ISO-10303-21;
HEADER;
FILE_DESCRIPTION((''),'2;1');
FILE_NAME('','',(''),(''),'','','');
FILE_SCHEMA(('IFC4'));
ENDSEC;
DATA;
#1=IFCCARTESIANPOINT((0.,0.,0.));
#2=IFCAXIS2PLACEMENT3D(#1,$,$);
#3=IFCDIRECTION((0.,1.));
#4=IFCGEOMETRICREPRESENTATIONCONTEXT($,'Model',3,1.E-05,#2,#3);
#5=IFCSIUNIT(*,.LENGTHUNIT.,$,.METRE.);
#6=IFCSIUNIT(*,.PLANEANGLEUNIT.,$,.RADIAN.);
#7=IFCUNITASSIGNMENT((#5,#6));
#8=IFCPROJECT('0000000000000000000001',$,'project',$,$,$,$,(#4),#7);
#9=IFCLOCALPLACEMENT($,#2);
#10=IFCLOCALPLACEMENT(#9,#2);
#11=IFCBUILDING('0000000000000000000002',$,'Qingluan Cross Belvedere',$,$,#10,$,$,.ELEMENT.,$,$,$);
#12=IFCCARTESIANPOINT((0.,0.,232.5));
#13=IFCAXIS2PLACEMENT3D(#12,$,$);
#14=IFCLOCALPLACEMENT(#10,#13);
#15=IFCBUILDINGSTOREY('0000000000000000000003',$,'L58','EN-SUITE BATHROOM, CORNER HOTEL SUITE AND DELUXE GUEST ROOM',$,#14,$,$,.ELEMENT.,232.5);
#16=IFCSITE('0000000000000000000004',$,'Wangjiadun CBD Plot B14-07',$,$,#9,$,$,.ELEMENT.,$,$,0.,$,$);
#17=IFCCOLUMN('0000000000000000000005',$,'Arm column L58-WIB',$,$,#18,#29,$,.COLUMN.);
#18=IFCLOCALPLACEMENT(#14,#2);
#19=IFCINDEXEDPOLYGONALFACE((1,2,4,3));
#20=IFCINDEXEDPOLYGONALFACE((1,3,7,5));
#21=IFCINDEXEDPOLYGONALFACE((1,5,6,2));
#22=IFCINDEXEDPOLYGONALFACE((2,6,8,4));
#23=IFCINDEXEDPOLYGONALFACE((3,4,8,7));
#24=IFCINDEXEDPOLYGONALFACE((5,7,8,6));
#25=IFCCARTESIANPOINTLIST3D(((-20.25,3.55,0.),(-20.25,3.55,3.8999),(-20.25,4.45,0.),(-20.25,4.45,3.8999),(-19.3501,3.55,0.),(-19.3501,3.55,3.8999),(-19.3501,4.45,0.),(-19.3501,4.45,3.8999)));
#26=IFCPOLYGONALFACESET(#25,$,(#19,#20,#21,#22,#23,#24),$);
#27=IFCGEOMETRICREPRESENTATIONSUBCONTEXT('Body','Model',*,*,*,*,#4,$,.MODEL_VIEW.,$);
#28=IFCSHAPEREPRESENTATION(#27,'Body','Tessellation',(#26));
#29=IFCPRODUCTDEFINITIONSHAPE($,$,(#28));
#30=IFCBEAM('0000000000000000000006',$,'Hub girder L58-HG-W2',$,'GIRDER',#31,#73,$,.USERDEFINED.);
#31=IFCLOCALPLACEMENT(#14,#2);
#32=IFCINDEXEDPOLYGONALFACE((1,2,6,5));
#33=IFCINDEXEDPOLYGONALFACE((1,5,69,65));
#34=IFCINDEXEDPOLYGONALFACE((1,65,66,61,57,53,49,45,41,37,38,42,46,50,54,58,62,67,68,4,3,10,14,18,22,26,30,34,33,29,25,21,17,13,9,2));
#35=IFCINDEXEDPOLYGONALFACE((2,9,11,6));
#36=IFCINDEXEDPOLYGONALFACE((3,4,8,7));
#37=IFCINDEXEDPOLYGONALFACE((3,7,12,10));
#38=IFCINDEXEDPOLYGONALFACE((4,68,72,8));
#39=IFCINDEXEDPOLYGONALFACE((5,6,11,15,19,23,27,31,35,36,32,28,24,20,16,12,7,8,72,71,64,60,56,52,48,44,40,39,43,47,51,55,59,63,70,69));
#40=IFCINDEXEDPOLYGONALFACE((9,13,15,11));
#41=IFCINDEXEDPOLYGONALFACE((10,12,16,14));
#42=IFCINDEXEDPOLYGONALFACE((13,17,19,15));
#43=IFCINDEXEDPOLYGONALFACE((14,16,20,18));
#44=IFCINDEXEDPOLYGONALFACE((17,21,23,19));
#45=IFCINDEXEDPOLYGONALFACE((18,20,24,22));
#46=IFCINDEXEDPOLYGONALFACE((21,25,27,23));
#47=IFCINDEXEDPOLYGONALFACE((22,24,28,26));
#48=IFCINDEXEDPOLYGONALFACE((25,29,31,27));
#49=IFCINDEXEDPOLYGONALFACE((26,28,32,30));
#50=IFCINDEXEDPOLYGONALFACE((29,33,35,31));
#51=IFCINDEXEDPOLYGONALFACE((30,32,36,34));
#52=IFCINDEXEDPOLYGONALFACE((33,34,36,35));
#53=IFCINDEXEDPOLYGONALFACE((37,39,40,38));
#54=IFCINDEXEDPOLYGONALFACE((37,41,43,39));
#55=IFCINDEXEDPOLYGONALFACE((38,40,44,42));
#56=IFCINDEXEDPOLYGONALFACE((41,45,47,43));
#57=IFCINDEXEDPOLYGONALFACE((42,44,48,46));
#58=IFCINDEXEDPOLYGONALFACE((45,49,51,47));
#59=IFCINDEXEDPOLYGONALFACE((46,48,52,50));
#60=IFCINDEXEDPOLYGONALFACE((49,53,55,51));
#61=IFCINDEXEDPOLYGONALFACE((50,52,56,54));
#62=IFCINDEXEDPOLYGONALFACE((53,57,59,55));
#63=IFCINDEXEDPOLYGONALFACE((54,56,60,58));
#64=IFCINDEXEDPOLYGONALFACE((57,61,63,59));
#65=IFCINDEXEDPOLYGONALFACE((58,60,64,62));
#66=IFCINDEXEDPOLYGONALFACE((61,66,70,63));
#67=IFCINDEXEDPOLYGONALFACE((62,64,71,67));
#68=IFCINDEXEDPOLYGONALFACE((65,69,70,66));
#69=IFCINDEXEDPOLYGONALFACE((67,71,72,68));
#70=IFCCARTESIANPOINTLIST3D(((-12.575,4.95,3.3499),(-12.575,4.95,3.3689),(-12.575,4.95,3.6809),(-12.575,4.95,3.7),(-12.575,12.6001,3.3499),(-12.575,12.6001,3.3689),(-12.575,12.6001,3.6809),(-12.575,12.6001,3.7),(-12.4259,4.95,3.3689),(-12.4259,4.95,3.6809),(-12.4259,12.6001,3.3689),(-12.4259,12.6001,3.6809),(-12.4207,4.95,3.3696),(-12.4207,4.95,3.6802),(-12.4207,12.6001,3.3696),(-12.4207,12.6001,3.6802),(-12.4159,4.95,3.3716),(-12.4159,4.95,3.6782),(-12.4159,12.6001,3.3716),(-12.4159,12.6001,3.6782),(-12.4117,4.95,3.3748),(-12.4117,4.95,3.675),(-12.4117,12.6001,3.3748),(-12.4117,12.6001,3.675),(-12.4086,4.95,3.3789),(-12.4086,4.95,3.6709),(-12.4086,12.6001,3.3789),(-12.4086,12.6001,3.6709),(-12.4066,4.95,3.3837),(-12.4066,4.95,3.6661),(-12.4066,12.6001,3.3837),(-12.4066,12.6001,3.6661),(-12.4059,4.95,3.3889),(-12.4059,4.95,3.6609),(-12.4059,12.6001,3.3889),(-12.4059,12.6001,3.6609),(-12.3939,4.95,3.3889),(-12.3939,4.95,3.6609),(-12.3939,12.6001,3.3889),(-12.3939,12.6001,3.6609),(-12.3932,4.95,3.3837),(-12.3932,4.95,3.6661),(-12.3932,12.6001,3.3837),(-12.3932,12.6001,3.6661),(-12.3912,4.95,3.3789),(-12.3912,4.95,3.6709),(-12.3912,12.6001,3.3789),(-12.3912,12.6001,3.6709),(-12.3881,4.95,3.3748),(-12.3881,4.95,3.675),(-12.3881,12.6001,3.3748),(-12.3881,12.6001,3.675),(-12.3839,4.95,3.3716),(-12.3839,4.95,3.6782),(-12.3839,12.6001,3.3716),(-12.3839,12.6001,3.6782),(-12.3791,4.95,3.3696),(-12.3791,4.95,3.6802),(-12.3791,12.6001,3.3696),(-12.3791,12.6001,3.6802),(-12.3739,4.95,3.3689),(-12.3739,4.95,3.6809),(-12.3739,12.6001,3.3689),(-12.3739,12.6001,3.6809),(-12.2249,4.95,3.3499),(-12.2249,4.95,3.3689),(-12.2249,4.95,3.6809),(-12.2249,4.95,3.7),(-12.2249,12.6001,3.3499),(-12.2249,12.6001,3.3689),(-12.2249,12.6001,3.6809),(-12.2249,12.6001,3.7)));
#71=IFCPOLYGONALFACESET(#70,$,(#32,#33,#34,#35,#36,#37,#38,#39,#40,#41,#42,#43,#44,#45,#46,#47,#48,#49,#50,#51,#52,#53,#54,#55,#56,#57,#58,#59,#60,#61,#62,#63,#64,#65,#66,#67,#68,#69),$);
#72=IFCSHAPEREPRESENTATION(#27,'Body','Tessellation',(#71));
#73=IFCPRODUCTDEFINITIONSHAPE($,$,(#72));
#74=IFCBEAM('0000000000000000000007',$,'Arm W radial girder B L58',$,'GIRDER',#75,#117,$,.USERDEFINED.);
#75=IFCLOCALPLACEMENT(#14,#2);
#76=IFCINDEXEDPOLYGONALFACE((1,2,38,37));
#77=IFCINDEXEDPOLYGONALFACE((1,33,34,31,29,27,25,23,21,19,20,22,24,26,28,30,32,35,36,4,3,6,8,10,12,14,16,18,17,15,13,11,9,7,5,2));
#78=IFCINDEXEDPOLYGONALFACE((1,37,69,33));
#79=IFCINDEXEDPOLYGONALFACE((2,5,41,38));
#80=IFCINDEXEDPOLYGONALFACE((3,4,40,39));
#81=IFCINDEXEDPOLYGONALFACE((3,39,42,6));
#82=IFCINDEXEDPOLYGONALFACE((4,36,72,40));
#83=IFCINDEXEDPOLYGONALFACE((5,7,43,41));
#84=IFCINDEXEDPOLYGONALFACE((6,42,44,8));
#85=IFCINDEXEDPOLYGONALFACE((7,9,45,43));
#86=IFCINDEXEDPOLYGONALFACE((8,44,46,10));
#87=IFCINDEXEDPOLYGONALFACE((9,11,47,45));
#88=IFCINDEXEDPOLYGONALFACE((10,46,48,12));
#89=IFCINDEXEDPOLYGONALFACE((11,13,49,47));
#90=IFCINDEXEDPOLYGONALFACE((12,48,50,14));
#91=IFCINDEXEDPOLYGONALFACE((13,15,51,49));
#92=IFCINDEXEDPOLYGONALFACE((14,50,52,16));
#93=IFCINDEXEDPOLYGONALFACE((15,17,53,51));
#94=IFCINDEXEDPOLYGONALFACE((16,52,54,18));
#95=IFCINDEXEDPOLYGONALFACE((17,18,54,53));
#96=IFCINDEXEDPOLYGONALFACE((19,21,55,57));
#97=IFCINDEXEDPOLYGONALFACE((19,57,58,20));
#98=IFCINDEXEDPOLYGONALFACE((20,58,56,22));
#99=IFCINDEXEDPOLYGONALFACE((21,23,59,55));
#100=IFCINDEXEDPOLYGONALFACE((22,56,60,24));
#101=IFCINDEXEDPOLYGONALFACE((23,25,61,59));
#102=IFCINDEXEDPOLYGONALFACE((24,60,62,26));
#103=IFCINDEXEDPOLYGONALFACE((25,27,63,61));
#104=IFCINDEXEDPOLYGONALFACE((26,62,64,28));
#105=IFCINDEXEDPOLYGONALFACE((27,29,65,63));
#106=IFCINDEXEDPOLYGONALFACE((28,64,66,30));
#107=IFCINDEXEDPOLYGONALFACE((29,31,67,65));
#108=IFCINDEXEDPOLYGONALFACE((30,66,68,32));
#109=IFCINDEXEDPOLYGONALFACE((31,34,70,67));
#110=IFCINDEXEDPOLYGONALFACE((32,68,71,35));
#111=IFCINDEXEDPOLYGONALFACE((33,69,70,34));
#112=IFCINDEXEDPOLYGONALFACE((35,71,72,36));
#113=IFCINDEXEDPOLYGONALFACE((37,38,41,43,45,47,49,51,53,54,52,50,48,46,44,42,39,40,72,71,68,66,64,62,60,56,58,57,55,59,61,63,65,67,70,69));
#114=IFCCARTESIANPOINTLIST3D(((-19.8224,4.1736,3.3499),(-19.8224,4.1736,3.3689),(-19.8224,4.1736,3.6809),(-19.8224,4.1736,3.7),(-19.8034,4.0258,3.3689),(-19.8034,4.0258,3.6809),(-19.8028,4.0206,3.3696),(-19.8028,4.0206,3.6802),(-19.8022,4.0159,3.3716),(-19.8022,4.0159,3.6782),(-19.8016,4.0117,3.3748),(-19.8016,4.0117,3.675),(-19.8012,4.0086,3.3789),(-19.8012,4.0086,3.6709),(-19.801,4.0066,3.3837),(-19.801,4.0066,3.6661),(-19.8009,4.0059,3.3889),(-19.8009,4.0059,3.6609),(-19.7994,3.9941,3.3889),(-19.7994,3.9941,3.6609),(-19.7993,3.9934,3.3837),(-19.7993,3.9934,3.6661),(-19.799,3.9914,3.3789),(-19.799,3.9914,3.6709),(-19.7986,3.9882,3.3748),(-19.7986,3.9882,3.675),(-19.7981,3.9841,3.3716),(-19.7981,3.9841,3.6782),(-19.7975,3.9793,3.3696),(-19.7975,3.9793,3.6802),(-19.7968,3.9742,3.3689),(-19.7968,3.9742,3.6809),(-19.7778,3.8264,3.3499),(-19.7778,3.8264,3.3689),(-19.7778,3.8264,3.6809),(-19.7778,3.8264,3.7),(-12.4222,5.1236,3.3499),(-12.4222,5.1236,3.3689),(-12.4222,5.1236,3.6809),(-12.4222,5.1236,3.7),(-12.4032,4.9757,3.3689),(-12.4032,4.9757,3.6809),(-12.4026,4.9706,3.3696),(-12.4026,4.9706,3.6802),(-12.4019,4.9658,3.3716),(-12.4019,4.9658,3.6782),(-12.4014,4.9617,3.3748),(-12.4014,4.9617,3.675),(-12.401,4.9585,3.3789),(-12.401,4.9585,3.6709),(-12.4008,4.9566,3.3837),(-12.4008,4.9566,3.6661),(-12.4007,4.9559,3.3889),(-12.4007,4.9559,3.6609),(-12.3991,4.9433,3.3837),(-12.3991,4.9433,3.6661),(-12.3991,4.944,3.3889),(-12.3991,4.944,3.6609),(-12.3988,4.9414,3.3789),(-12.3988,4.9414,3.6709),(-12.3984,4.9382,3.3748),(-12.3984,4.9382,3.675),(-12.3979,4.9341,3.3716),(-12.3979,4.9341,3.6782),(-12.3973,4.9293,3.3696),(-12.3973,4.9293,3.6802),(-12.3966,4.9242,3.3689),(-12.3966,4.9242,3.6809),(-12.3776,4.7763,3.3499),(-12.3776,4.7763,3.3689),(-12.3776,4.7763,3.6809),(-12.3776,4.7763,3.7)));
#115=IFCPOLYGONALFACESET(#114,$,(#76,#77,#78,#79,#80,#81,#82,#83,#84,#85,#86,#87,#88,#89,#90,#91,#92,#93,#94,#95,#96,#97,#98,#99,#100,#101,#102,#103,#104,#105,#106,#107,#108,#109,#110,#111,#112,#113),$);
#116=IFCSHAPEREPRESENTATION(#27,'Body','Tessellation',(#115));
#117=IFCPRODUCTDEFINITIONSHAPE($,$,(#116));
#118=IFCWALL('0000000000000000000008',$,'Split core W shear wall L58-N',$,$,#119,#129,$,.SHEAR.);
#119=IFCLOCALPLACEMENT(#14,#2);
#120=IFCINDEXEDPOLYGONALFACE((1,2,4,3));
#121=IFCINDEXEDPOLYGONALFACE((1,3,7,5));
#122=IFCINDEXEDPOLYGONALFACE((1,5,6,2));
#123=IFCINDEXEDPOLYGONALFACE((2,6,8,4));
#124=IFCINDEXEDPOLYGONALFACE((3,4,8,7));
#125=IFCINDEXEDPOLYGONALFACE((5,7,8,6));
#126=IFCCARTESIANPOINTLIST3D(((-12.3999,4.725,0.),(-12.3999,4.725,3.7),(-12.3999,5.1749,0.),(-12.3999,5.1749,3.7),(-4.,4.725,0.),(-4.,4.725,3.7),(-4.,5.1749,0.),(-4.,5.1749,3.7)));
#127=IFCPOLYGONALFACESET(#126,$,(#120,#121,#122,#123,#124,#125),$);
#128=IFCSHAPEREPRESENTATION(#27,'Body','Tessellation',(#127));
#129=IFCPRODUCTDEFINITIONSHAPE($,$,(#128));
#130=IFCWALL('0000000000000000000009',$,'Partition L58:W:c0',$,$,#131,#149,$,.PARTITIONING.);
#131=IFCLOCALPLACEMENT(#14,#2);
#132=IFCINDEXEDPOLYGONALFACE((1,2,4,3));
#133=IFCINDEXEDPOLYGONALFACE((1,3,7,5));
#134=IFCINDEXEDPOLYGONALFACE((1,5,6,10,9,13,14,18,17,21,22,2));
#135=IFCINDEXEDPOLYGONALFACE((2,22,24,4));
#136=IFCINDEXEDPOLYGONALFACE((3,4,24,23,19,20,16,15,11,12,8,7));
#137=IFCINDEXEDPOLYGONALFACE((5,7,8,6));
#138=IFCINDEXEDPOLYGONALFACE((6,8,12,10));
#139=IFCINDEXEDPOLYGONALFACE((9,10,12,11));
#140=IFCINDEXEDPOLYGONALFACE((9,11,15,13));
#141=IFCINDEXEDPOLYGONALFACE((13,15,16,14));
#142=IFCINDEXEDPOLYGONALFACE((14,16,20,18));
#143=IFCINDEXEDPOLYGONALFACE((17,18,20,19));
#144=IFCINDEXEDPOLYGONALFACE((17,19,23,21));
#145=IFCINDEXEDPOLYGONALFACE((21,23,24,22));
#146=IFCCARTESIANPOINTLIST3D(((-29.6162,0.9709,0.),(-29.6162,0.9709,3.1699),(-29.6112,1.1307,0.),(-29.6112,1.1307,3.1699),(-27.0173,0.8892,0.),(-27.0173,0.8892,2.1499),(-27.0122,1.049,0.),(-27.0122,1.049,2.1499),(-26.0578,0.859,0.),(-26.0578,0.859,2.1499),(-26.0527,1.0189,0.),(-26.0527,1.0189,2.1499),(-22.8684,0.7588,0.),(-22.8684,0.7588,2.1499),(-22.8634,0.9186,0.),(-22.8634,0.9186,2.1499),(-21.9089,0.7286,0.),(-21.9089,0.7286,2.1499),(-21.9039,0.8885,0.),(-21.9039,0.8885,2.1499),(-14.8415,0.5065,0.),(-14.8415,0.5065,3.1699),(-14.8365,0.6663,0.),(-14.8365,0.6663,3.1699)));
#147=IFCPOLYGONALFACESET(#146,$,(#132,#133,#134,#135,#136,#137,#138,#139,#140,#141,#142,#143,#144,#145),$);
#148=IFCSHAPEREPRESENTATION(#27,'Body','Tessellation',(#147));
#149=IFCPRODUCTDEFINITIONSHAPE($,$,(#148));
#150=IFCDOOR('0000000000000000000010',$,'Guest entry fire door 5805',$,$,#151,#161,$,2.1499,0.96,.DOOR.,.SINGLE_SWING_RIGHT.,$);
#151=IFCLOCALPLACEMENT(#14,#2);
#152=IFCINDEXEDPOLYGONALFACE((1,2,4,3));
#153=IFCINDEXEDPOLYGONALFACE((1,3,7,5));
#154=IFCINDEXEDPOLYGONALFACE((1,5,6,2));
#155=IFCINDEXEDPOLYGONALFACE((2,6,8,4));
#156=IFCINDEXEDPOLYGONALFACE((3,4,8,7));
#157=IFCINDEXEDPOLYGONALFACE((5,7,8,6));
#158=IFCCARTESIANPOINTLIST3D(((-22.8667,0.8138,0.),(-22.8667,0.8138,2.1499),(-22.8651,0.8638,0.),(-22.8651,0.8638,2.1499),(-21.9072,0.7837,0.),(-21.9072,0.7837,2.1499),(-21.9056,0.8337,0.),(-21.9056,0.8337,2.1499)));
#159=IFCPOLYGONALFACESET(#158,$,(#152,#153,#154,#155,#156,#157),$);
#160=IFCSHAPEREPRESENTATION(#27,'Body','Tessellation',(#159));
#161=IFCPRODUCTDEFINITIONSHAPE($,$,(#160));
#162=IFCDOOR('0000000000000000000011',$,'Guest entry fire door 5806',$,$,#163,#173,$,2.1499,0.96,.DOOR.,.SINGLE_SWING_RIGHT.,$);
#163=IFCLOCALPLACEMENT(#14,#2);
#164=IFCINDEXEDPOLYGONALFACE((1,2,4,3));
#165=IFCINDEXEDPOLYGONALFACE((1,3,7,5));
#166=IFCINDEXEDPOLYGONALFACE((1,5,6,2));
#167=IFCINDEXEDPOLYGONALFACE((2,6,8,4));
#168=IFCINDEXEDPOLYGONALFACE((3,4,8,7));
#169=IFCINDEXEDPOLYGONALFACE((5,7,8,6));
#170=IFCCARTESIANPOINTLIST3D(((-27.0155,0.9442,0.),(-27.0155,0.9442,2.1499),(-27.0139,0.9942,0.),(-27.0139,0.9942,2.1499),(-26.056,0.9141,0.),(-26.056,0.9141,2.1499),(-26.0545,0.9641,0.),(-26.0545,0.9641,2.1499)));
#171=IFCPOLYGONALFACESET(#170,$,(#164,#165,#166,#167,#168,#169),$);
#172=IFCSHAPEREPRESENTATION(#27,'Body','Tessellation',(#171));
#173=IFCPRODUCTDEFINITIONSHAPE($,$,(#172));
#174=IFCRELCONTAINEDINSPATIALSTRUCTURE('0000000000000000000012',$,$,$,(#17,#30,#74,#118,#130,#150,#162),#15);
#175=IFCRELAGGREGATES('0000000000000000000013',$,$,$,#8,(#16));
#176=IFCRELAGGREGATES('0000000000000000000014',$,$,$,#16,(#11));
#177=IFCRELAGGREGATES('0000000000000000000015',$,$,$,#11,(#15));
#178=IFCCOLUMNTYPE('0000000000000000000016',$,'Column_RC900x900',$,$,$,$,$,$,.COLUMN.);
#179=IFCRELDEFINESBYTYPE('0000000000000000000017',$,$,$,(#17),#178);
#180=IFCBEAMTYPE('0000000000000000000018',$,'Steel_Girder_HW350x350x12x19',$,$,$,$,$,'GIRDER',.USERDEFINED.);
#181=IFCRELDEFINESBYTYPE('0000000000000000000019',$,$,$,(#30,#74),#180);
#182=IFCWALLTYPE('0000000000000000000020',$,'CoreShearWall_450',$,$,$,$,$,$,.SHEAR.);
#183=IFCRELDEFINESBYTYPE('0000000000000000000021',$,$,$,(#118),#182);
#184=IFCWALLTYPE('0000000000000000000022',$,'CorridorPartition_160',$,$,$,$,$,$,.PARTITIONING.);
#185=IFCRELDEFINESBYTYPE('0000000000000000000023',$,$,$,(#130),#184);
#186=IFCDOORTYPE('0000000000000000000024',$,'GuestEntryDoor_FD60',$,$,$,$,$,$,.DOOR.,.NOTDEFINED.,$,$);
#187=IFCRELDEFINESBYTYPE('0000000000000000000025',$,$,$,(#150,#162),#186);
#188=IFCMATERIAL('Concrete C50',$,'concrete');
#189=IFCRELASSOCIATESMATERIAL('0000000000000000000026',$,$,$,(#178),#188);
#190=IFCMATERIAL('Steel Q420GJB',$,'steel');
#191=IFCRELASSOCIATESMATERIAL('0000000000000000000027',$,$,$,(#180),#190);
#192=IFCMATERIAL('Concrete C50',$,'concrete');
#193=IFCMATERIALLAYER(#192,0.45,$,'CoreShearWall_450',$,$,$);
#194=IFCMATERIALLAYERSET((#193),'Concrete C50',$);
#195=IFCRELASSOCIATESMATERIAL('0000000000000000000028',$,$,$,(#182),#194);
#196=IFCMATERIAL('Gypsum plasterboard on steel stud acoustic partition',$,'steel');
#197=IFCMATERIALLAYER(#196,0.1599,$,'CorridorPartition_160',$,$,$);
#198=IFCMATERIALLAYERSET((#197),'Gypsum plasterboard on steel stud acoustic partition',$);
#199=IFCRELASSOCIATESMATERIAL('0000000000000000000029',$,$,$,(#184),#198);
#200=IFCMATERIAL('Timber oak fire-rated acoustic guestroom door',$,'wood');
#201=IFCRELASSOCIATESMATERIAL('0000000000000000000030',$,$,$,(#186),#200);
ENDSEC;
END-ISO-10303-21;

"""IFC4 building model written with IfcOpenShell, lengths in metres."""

from ifc_helpers import new_model, si_unit, direction, frame, frame_2d, origin, origin_2d, place, context, subcontext, project, spatial, rectangle, i_section, extrude, material, layer, layer_set, material_profile, profile_set, type_object, element, fill, save


model = new_model("IFC4")

# Units and contexts
model_context = context("Model", 3, precision=1e-05, world=origin(), true_north=direction((0.0, 1.0)))
body_context = subcontext(model_context, "Body", "Model", "MODEL_VIEW")
ifc_project = project(units=[si_unit("LENGTHUNIT", "METRE"), si_unit("PLANEANGLEUNIT", "RADIAN")], contexts=[model_context])

# Site, building, storey
site_placement = place(None, origin())
site = spatial("IfcSite", under=ifc_project, at=site_placement, Name="Wangjiadun CBD Plot B14-07", CompositionType="ELEMENT", RefElevation=0.0)
building_placement = place(site_placement, origin())
building = spatial("IfcBuilding", under=site, at=building_placement, Name="Qingluan Cross Belvedere", CompositionType="ELEMENT")
storey_placement = place(building_placement, frame((0.0, 0.0, 232.5)))
storey = spatial("IfcBuildingStorey", under=building, at=storey_placement, Name="L58", Description="EN-SUITE BATHROOM, CORNER HOTEL SUITE AND DELUXE GUEST ROOM", CompositionType="ELEMENT", Elevation=232.5)

# Column
ifc_material_1 = material(Name="Concrete C50", Category="concrete")
ifc_material_profile_1 = material_profile(ifc_material_1, rectangle(XDim=0.8999, YDim=0.8999, at=origin_2d()), Name="RC900x900")
ifc_profile_set_1 = profile_set([ifc_material_profile_1], Name="Concrete C50")
column_type = type_object("IfcColumnType", Name="Column_RC900x900", PredefinedType="COLUMN", material=ifc_profile_set_1)
column_placement = place(storey_placement, frame((-19.8, 4.0, 0.0), z_axis=(0.0, 0.0, 1.0), x_axis=(1.0, 0.0, 0.0)))
element("IfcColumn", 1, at=column_placement, inside=storey, type_object=column_type, Name="Arm column L58-WIB", PredefinedType="COLUMN", context=body_context, shape_type="SweptSolid", body=[
    extrude(rectangle(XDim=0.8999, YDim=0.8999, at=origin_2d()), origin(), (0.0, 0.0, 1.0), 3.8999),
])

# Beams
ifc_material_2 = material(Name="Steel Q420GJB", Category="steel")
ifc_material_profile_2 = material_profile(ifc_material_2, i_section(OverallWidth=0.3501, OverallDepth=0.3501, WebThickness=0.012, FlangeThickness=0.019, FilletRadius=0.02, at=origin_2d()), Name="HW350x350x12x19")
ifc_profile_set_2 = profile_set([ifc_material_profile_2], Name="Steel Q420GJB")
beam_type = type_object("IfcBeamType", Name="Steel_Girder_HW350x350x12x19", ElementType="GIRDER", PredefinedType="USERDEFINED", material=ifc_profile_set_2)
beam_1_placement = place(storey_placement, frame((-12.3999, 4.95, 3.5249), z_axis=(0.0, 1.0, 0.0), x_axis=(-1.0, 0.0, 0.0)))
element("IfcBeam", 2, at=beam_1_placement, inside=storey, type_object=beam_type, Name="Hub girder L58-HG-W2", ObjectType="GIRDER", PredefinedType="USERDEFINED", context=body_context, shape_type="SweptSolid", body=[
    extrude(i_section(OverallWidth=0.3501, OverallDepth=0.3501, WebThickness=0.012, FlangeThickness=0.019, FilletRadius=0.02, at=origin_2d()), origin(), (0.0, 0.0, 1.0), 7.6501),
])
beam_2_placement = place(storey_placement, frame((-12.3999, 4.95, 3.5249), z_axis=(-0.991861, -0.127324, 0.0), x_axis=(0.127324, -0.991861, 0.0)))
element("IfcBeam", 3, at=beam_2_placement, inside=storey, type_object=beam_type, Name="Arm W radial girder B L58", ObjectType="GIRDER", PredefinedType="USERDEFINED", context=body_context, shape_type="SweptSolid", body=[
    extrude(i_section(OverallWidth=0.3501, OverallDepth=0.3501, WebThickness=0.012, FlangeThickness=0.019, FilletRadius=0.02, at=origin_2d()), origin(), (0.0, 0.0, 1.0), 7.4609),
])

# Wall
ifc_material_3 = material(Name="Concrete C50", Category="concrete")
ifc_layer_1 = layer(ifc_material_3, 0.45, Name="CoreShearWall_450")
ifc_layer_set_1 = layer_set([ifc_layer_1], Name="Concrete C50")
wall_type_1 = type_object("IfcWallType", Name="CoreShearWall_450", PredefinedType="SHEAR", material=ifc_layer_set_1)
wall_1_placement = place(storey_placement, frame((-12.3999, 4.95, 0.0), z_axis=(0.0, 0.0, 1.0), x_axis=(1.0, 0.0, 0.0)))
element("IfcWall", 4, at=wall_1_placement, inside=storey, type_object=wall_type_1, Name="Split core W shear wall L58-N", PredefinedType="SHEAR", context=body_context, shape_type="SweptSolid", body=[
    extrude(rectangle(XDim=8.3999, YDim=0.45, at=frame_2d((4.2, 0.0))), origin(), (0.0, 0.0, 1.0), 3.7),
])

# Wall, openings, doors
ifc_material_4 = material(Name="Gypsum plasterboard on steel stud acoustic partition", Category="steel")
ifc_layer_2 = layer(ifc_material_4, 0.1599, Name="CorridorPartition_160")
ifc_layer_set_2 = layer_set([ifc_layer_2], Name="Gypsum plasterboard on steel stud acoustic partition")
wall_type_2 = type_object("IfcWallType", Name="CorridorPartition_160", PredefinedType="PARTITIONING", material=ifc_layer_set_2)
wall_2_placement = place(storey_placement, frame((-14.8389, 0.5864, 0.0), z_axis=(0.0, 0.0, 1.0), x_axis=(-0.999506, 0.031414, 0.0)))
wall_2 = element("IfcWall", 5, at=wall_2_placement, inside=storey, type_object=wall_type_2, Name="Partition L58:W:c0", PredefinedType="PARTITIONING", context=body_context, shape_type="SweptSolid", body=[
    extrude(rectangle(XDim=14.782, YDim=0.1599, at=frame_2d((7.3911, 0.0))), origin(), (0.0, 0.0, 1.0), 3.1699),
])
opening_1_placement = place(wall_2_placement, frame((7.071, 0.0, 0.0)))
opening_1 = element("IfcOpeningElement", 6, at=opening_1_placement, cuts=wall_2, PredefinedType="OPENING", context=body_context, shape_type="SweptSolid", body=[
    extrude(rectangle(XDim=0.96, YDim=2.1499, at=frame_2d((0.48, 1.075))), frame((0.0, 0.0898, 0.0), z_axis=(0.0, -1.0, 0.0), x_axis=(1.0, 0.0, 0.0)), (0.0, 0.0, 1.0), 0.1799),
])
opening_2_placement = place(wall_2_placement, frame((11.2219, 0.0, 0.0)))
opening_2 = element("IfcOpeningElement", 7, at=opening_2_placement, cuts=wall_2, PredefinedType="OPENING", context=body_context, shape_type="SweptSolid", body=[
    extrude(rectangle(XDim=0.96, YDim=2.1499, at=frame_2d((0.48, 1.075))), frame((0.0, 0.0898, 0.0), z_axis=(0.0, -1.0, 0.0), x_axis=(1.0, 0.0, 0.0)), (0.0, 0.0, 1.0), 0.1799),
])
ifc_material_5 = material(Name="Timber oak fire-rated acoustic guestroom door", Category="wood")
door_type_1 = type_object("IfcDoorType", Name="GuestEntryDoor_FD60", OperationType="NOTDEFINED", PredefinedType="DOOR", material=ifc_material_5)
door_1_placement = place(opening_1_placement, origin())
door_1 = element("IfcDoor", 8, at=door_1_placement, inside=storey, type_object=door_type_1, Name="Guest entry fire door 5805", OperationType="SINGLE_SWING_RIGHT", OverallHeight=2.1499, OverallWidth=0.96, PredefinedType="DOOR", context=body_context, shape_type="SweptSolid", body=[
    extrude(rectangle(XDim=0.96, YDim=2.1499, at=frame_2d((0.48, 1.075))), frame((0.0, 0.0249, 0.0), z_axis=(0.0, -1.0, 0.0), x_axis=(1.0, 0.0, 0.0)), (0.0, 0.0, 1.0), 0.05),
])
fill(opening_1, door_1)
door_2_placement = place(opening_2_placement, origin())
door_2 = element("IfcDoor", 9, at=door_2_placement, inside=storey, type_object=door_type_1, Name="Guest entry fire door 5806", OperationType="SINGLE_SWING_RIGHT", OverallHeight=2.1499, OverallWidth=0.96, PredefinedType="DOOR", context=body_context, shape_type="SweptSolid", body=[
    extrude(rectangle(XDim=0.96, YDim=2.1499, at=frame_2d((0.48, 1.075))), frame((0.0, 0.0249, 0.0), z_axis=(0.0, -1.0, 0.0), x_axis=(1.0, 0.0, 0.0)), (0.0, 0.0, 1.0), 0.05),
])
fill(opening_2, door_2)

save(model, "model.ifc")
